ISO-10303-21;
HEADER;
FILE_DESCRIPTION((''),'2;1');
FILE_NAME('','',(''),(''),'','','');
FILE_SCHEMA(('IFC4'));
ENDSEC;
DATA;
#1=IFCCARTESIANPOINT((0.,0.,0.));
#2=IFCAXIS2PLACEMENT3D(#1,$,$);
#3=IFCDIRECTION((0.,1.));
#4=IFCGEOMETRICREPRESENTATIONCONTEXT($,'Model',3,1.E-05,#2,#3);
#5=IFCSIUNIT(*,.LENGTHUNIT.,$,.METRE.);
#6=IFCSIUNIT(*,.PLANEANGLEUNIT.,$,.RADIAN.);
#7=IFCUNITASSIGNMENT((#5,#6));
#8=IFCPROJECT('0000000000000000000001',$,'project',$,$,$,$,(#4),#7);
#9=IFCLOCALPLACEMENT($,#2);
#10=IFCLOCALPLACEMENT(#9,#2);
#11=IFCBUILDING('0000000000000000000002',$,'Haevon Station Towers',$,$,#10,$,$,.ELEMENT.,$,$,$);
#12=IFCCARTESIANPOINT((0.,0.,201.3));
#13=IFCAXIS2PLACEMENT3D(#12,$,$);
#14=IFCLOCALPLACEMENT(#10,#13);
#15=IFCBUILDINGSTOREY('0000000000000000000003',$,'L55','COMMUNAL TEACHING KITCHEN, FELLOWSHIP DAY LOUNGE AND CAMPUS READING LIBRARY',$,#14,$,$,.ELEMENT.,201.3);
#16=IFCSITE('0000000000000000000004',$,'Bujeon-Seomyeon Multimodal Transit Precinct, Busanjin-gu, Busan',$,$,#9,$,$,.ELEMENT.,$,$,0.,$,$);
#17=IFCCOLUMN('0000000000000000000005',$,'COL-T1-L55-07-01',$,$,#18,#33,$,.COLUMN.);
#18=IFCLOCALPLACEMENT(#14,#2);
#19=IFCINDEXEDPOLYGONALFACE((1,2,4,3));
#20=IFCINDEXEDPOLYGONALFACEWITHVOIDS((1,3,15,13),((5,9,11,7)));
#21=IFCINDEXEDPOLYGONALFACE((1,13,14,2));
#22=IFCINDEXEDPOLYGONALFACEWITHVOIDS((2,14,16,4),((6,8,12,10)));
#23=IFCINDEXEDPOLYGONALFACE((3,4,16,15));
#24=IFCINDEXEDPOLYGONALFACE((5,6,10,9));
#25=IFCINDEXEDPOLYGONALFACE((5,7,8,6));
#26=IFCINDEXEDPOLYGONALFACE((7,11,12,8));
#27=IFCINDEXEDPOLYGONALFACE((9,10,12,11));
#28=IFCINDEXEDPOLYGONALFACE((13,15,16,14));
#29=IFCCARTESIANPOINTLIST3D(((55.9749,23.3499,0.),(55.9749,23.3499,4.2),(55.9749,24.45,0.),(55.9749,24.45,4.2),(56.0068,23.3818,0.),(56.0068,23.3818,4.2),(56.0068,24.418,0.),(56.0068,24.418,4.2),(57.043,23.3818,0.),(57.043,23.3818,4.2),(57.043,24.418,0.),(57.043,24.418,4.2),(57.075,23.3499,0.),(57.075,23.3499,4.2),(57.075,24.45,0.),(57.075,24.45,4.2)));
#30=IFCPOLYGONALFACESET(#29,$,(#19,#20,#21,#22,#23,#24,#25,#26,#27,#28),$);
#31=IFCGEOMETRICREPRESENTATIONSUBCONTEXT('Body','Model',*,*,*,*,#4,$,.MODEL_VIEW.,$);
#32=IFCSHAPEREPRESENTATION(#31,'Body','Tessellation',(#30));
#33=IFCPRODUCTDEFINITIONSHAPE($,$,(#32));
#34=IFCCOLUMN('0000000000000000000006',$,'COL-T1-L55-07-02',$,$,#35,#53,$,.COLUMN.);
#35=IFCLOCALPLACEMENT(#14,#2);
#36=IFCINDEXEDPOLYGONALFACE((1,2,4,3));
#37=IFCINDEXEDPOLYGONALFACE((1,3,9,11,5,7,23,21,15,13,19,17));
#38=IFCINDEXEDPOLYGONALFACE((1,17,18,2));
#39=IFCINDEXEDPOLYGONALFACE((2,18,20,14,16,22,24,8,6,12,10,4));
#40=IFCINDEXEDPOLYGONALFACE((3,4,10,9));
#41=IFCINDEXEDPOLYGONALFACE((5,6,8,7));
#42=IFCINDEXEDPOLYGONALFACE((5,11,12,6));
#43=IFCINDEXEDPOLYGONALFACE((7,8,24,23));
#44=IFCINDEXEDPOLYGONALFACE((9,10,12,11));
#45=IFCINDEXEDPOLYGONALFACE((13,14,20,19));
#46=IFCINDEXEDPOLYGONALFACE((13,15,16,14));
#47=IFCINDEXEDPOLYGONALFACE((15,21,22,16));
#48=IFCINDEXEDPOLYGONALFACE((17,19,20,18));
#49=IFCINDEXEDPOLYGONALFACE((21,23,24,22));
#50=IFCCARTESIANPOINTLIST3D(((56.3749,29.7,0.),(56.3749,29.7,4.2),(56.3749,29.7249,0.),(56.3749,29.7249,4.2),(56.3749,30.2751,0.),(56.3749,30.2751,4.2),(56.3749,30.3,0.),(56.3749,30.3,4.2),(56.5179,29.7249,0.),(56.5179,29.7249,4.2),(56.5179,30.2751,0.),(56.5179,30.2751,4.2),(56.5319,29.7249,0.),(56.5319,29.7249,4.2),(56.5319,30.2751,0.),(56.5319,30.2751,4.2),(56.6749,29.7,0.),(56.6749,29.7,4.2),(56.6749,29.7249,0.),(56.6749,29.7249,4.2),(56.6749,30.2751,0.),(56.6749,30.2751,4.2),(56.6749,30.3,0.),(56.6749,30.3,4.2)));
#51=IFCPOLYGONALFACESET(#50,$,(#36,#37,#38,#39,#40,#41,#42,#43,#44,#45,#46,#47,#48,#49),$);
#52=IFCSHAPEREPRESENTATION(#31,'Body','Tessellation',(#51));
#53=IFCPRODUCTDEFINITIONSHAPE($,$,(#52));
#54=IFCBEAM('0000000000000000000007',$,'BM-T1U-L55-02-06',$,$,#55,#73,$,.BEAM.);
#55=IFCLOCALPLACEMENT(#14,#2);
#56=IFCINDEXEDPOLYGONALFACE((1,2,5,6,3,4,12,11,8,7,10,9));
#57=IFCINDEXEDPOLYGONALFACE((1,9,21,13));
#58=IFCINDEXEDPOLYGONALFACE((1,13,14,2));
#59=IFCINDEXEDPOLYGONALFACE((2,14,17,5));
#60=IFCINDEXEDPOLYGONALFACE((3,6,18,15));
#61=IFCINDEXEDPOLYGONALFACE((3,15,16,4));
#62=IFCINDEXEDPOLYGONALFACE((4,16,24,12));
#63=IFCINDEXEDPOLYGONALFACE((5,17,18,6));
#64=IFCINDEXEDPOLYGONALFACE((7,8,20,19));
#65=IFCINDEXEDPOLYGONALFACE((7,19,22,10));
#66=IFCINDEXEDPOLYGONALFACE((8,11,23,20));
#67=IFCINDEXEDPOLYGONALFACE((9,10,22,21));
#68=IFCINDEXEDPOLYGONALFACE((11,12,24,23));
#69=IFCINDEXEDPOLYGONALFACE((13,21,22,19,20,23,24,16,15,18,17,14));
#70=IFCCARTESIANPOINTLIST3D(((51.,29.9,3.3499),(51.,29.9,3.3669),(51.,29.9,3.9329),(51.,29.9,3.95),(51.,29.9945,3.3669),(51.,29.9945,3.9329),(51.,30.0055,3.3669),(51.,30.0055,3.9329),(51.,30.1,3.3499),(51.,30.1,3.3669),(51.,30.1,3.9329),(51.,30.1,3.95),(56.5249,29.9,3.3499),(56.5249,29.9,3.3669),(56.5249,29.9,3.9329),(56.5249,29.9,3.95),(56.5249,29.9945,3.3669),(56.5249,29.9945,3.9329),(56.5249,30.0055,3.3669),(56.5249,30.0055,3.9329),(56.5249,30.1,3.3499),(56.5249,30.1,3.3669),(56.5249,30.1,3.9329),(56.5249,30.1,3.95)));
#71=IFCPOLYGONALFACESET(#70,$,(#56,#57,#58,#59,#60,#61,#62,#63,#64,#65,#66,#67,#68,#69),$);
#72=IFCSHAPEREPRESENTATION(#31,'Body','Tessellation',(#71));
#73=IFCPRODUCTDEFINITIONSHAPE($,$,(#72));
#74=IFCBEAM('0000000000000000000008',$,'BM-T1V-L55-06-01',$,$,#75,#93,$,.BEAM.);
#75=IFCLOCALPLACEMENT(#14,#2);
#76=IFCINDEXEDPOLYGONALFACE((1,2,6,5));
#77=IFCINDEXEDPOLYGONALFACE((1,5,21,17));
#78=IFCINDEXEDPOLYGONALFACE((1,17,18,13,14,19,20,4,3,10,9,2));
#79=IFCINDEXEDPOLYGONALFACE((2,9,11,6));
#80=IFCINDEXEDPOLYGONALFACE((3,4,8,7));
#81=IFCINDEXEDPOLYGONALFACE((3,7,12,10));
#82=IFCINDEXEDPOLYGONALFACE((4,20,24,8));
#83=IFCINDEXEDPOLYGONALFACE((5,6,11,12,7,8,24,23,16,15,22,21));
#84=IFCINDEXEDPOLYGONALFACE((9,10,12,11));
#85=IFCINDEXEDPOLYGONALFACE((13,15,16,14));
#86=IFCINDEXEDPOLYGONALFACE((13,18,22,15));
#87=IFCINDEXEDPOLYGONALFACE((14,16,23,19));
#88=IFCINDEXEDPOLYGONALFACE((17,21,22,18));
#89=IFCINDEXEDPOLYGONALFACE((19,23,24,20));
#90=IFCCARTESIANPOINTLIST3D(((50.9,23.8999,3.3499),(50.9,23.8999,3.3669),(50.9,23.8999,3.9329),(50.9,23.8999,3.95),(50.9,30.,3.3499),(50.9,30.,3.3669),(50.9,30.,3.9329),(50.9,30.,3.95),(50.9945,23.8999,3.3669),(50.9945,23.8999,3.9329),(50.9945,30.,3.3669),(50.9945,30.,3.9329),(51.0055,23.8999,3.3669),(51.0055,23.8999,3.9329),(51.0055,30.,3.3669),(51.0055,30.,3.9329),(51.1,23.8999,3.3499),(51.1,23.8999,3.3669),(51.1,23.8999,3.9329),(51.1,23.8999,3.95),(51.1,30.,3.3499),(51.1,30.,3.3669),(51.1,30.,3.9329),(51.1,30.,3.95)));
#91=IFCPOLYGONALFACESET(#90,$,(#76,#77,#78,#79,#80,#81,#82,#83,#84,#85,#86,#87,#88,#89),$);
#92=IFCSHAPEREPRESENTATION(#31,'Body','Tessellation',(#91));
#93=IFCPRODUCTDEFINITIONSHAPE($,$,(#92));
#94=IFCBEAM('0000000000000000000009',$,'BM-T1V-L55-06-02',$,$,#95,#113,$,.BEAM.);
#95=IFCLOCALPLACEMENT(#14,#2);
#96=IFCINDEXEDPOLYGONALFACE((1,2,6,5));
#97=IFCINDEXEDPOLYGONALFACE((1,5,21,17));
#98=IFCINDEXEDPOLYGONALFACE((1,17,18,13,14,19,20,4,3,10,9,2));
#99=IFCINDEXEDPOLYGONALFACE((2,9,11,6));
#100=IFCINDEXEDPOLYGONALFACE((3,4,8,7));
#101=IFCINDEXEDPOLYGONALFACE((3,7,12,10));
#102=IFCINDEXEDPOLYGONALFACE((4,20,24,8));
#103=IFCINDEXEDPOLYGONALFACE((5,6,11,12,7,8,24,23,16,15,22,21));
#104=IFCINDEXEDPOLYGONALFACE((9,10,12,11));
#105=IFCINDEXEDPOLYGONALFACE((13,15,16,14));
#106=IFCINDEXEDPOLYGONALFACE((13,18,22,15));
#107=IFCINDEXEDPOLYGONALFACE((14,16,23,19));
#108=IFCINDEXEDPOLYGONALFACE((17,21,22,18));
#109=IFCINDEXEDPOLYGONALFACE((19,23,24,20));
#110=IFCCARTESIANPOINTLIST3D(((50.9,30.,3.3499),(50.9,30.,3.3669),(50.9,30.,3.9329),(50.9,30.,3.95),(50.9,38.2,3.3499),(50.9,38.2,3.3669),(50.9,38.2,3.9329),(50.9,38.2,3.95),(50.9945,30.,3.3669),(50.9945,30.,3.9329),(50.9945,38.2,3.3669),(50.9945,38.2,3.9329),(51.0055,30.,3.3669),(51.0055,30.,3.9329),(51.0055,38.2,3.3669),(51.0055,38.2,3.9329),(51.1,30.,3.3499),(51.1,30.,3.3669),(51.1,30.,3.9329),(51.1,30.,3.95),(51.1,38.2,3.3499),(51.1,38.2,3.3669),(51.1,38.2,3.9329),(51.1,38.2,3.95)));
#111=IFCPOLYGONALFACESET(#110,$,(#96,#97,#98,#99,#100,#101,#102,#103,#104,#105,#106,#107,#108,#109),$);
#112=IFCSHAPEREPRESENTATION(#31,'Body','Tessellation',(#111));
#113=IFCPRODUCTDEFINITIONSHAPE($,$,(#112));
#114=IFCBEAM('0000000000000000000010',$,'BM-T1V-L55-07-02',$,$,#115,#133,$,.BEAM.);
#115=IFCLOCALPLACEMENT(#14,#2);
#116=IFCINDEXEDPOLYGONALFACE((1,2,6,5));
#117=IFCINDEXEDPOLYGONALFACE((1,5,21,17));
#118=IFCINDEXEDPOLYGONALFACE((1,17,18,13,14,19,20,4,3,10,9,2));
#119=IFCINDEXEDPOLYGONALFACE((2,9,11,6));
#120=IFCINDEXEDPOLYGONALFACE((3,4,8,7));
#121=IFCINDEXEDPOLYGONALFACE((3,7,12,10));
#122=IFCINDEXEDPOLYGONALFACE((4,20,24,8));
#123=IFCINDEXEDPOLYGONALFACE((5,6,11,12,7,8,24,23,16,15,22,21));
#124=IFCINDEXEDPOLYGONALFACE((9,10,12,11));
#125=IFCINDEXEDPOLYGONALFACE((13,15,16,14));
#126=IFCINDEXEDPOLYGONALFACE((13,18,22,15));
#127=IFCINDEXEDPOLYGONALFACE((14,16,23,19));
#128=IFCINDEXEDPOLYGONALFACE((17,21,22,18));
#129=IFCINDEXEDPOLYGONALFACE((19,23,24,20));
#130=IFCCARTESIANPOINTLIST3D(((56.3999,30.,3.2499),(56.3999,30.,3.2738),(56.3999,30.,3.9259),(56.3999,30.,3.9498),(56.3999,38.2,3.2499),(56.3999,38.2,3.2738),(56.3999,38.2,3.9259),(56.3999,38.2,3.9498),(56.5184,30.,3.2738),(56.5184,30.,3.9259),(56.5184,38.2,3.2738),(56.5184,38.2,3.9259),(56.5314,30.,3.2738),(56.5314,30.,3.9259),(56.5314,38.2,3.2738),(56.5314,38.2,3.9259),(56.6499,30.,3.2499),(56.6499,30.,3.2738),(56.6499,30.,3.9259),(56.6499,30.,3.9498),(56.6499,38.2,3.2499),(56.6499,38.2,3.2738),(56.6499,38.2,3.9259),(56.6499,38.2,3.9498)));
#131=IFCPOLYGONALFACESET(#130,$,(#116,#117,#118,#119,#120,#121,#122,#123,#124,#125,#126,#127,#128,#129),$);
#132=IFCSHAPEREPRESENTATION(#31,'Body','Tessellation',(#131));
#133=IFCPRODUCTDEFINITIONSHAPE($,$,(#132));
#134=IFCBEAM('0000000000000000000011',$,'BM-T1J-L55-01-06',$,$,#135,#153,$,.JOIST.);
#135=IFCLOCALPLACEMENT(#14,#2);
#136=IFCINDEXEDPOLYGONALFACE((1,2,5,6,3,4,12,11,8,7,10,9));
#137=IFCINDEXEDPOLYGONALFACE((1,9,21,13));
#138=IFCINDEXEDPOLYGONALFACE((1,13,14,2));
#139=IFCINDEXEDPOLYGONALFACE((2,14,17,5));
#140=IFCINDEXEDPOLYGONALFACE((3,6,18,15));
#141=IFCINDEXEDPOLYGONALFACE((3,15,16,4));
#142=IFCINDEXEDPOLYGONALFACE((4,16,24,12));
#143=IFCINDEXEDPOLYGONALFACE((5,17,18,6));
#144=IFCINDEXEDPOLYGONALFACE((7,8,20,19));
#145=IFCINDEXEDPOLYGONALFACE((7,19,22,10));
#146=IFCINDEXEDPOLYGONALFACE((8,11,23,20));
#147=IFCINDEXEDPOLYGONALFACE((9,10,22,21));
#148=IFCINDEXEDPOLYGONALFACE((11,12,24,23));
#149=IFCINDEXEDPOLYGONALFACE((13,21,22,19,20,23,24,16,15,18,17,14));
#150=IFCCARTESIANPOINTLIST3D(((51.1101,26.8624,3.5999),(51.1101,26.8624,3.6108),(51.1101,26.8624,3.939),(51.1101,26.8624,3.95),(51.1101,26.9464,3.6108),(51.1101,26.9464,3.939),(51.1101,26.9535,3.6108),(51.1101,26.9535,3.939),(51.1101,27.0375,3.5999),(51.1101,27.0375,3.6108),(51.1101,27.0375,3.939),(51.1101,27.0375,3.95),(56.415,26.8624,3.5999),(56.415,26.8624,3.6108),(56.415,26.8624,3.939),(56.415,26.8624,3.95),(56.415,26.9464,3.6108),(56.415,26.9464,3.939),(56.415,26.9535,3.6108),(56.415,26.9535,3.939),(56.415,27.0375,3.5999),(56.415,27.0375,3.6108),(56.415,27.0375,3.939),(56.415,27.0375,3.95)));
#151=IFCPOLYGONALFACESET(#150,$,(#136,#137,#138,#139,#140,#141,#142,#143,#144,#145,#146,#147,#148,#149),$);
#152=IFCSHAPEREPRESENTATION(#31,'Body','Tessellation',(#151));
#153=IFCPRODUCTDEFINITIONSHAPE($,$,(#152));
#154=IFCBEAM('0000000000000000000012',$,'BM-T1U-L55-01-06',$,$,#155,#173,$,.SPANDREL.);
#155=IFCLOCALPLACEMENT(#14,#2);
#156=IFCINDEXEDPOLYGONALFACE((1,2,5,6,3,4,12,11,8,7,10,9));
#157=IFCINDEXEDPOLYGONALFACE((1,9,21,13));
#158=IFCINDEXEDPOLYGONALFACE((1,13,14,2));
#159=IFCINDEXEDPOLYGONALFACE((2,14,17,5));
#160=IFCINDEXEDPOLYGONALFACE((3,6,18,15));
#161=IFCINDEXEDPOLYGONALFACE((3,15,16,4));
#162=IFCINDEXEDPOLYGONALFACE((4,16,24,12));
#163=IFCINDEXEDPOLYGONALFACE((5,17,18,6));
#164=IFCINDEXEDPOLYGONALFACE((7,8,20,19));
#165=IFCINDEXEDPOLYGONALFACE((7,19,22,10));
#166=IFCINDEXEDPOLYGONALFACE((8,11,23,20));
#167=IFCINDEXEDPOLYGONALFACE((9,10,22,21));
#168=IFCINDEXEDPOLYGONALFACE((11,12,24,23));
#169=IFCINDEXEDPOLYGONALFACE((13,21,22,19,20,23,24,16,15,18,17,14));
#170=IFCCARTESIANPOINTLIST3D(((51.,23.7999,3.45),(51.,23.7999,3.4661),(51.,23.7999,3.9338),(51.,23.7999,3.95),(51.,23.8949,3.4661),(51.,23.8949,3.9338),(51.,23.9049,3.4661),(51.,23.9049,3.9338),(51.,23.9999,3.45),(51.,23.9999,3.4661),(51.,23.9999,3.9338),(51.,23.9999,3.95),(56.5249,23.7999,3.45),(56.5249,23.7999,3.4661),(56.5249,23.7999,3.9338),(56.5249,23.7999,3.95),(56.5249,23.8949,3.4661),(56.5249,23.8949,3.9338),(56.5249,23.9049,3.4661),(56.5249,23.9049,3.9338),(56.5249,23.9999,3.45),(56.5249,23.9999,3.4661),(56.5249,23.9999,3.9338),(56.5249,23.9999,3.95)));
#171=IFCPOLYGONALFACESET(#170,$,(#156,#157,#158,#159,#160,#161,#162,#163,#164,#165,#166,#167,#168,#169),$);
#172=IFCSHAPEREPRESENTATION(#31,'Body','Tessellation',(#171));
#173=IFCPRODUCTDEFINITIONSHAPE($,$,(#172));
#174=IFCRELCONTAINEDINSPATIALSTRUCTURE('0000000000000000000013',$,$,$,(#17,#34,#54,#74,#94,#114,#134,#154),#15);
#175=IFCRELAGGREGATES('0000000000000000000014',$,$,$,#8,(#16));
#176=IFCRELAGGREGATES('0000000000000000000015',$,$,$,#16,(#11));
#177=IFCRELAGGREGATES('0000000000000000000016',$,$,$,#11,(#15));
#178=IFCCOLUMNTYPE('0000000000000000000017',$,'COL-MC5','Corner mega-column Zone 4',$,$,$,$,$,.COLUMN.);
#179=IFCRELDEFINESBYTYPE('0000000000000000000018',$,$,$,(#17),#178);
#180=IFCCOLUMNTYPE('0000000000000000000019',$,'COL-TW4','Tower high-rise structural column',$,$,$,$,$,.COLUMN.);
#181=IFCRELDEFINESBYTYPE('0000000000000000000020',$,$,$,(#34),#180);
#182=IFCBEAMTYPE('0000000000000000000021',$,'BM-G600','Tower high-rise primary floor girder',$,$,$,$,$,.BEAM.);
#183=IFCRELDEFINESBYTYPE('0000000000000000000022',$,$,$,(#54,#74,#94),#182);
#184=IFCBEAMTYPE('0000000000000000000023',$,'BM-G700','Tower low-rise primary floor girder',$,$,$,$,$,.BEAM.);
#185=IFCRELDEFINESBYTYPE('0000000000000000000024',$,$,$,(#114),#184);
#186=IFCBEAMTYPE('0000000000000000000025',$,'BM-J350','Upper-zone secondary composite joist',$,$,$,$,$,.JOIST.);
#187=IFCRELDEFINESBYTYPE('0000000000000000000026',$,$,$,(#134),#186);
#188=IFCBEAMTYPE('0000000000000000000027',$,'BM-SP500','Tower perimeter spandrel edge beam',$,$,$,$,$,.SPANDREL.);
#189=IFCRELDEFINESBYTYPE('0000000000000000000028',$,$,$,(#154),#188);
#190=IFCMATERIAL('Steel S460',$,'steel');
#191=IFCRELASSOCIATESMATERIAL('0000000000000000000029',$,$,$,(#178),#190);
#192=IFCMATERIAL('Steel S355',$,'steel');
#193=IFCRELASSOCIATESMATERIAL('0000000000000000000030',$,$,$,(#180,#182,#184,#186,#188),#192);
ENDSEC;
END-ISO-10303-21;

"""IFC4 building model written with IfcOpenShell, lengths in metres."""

from ifc_helpers import new_model, si_unit, direction, frame, origin, origin_2d, place, context, subcontext, project, spatial, hollow_rectangle, i_section, extrude, material, material_profile, profile_set, type_object, element, save


model = new_model("IFC4")

# Units and contexts
model_context = context("Model", 3, precision=1e-05, world=origin(), true_north=direction((0.0, 1.0)))
body_context = subcontext(model_context, "Body", "Model", "MODEL_VIEW")
ifc_project = project(units=[si_unit("LENGTHUNIT", "METRE"), si_unit("PLANEANGLEUNIT", "RADIAN")], contexts=[model_context])

# Site, building, storey
site_placement = place(None, origin())
site = spatial("IfcSite", under=ifc_project, at=site_placement, Name="Bujeon-Seomyeon Multimodal Transit Precinct, Busanjin-gu, Busan", CompositionType="ELEMENT", RefElevation=0.0)
building_placement = place(site_placement, origin())
building = spatial("IfcBuilding", under=site, at=building_placement, Name="Haevon Station Towers", CompositionType="ELEMENT")
storey_placement = place(building_placement, frame((0.0, 0.0, 201.3)))
storey = spatial("IfcBuildingStorey", under=building, at=storey_placement, Name="L55", Description="COMMUNAL TEACHING KITCHEN, FELLOWSHIP DAY LOUNGE AND CAMPUS READING LIBRARY", CompositionType="ELEMENT", Elevation=201.3)

# Columns
ifc_material_1 = material(Name="Steel S460", Category="steel")
ifc_material_profile_1 = material_profile(ifc_material_1, hollow_rectangle(XDim=1.1001, YDim=1.1001, WallThickness=0.032, at=origin_2d()), Name="BOX-1100x1100x32")
ifc_profile_set_1 = profile_set([ifc_material_profile_1], Name="Steel S460")
column_type_1 = type_object("IfcColumnType", Name="COL-MC5", Description="Corner mega-column Zone 4", PredefinedType="COLUMN", material=ifc_profile_set_1)
column_1_placement = place(storey_placement, frame((56.5249, 23.8999, 0.0), z_axis=(0.0, 0.0, 1.0), x_axis=(1.0, 0.0, 0.0)))
element("IfcColumn", 1, at=column_1_placement, inside=storey, type_object=column_type_1, Name="COL-T1-L55-07-01", PredefinedType="COLUMN", context=body_context, shape_type="SweptSolid", body=[
    extrude(hollow_rectangle(XDim=1.1001, YDim=1.1001, WallThickness=0.032, at=origin_2d()), origin(), (0.0, 0.0, 1.0), 4.2),
])
ifc_material_2 = material(Name="Steel S355", Category="steel")
ifc_material_profile_2 = material_profile(ifc_material_2, i_section(OverallWidth=0.3, OverallDepth=0.6001, WebThickness=0.0139, FlangeThickness=0.0249, at=origin_2d()), Name="H-600x300x14x25")
ifc_profile_set_2 = profile_set([ifc_material_profile_2], Name="Steel S355")
column_type_2 = type_object("IfcColumnType", Name="COL-TW4", Description="Tower high-rise structural column", PredefinedType="COLUMN", material=ifc_profile_set_2)
column_2_placement = place(storey_placement, frame((56.5249, 30.0, 0.0), z_axis=(0.0, 0.0, 1.0), x_axis=(1.0, 0.0, 0.0)))
element("IfcColumn", 2, at=column_2_placement, inside=storey, type_object=column_type_2, Name="COL-T1-L55-07-02", PredefinedType="COLUMN", context=body_context, shape_type="SweptSolid", body=[
    extrude(i_section(OverallWidth=0.3, OverallDepth=0.6001, WebThickness=0.0139, FlangeThickness=0.0249, at=origin_2d()), origin(), (0.0, 0.0, 1.0), 4.2),
])

# Beams
ifc_material_profile_3 = material_profile(ifc_material_2, i_section(OverallWidth=0.2, OverallDepth=0.6001, WebThickness=0.011, FlangeThickness=0.0171, at=origin_2d()), Name="H-600x200x11x17")
ifc_profile_set_3 = profile_set([ifc_material_profile_3], Name="Steel S355")
beam_type_1 = type_object("IfcBeamType", Name="BM-G600", Description="Tower high-rise primary floor girder", PredefinedType="BEAM", material=ifc_profile_set_3)
beam_1_placement = place(storey_placement, frame((51.0, 30.0, 3.6499), z_axis=(1.0, 0.0, 0.0), x_axis=(0.0, 1.0, 0.0)))
element("IfcBeam", 3, at=beam_1_placement, inside=storey, type_object=beam_type_1, Name="BM-T1U-L55-02-06", PredefinedType="BEAM", context=body_context, shape_type="SweptSolid", body=[
    extrude(i_section(OverallWidth=0.2, OverallDepth=0.6001, WebThickness=0.011, FlangeThickness=0.0171, at=origin_2d()), origin(), (0.0, 0.0, 1.0), 5.5249),
])
beam_2_placement = place(storey_placement, frame((51.0, 23.8999, 3.6499), z_axis=(0.0, 1.0, 0.0), x_axis=(-1.0, 0.0, 0.0)))
element("IfcBeam", 4, at=beam_2_placement, inside=storey, type_object=beam_type_1, Name="BM-T1V-L55-06-01", PredefinedType="BEAM", context=body_context, shape_type="SweptSolid", body=[
    extrude(i_section(OverallWidth=0.2, OverallDepth=0.6001, WebThickness=0.011, FlangeThickness=0.0171, at=origin_2d()), origin(), (0.0, 0.0, 1.0), 6.1001),
])
beam_3_placement = place(storey_placement, frame((51.0, 30.0, 3.6499), z_axis=(0.0, 1.0, 0.0), x_axis=(-1.0, 0.0, 0.0)))
element("IfcBeam", 5, at=beam_3_placement, inside=storey, type_object=beam_type_1, Name="BM-T1V-L55-06-02", PredefinedType="BEAM", context=body_context, shape_type="SweptSolid", body=[
    extrude(i_section(OverallWidth=0.2, OverallDepth=0.6001, WebThickness=0.011, FlangeThickness=0.0171, at=origin_2d()), origin(), (0.0, 0.0, 1.0), 8.2),
])
ifc_material_profile_4 = material_profile(ifc_material_2, i_section(OverallWidth=0.25, OverallDepth=0.7, WebThickness=0.0129, FlangeThickness=0.0239, at=origin_2d()), Name="H-700x250x13x24")
ifc_profile_set_4 = profile_set([ifc_material_profile_4], Name="Steel S355")
beam_type_2 = type_object("IfcBeamType", Name="BM-G700", Description="Tower low-rise primary floor girder", PredefinedType="BEAM", material=ifc_profile_set_4)
beam_4_placement = place(storey_placement, frame((56.5249, 30.0, 3.5999), z_axis=(0.0, 1.0, 0.0), x_axis=(-1.0, 0.0, 0.0)))
element("IfcBeam", 6, at=beam_4_placement, inside=storey, type_object=beam_type_2, Name="BM-T1V-L55-07-02", PredefinedType="BEAM", context=body_context, shape_type="SweptSolid", body=[
    extrude(i_section(OverallWidth=0.25, OverallDepth=0.7, WebThickness=0.0129, FlangeThickness=0.0239, at=origin_2d()), origin(), (0.0, 0.0, 1.0), 8.2),
])
ifc_material_profile_5 = material_profile(ifc_material_2, i_section(OverallWidth=0.175, OverallDepth=0.3501, WebThickness=0.0071, FlangeThickness=0.011, at=origin_2d()), Name="H-350x175x7x11")
ifc_profile_set_5 = profile_set([ifc_material_profile_5], Name="Steel S355")
beam_type_3 = type_object("IfcBeamType", Name="BM-J350", Description="Upper-zone secondary composite joist", PredefinedType="JOIST", material=ifc_profile_set_5)
beam_5_placement = place(storey_placement, frame((51.1101, 26.95, 3.7749), z_axis=(1.0, 0.0, 0.0), x_axis=(0.0, 1.0, 0.0)))
element("IfcBeam", 7, at=beam_5_placement, inside=storey, type_object=beam_type_3, Name="BM-T1J-L55-01-06", PredefinedType="JOIST", context=body_context, shape_type="SweptSolid", body=[
    extrude(i_section(OverallWidth=0.175, OverallDepth=0.3501, WebThickness=0.0071, FlangeThickness=0.011, at=origin_2d()), origin(), (0.0, 0.0, 1.0), 5.3049),
])
ifc_material_profile_6 = material_profile(ifc_material_2, i_section(OverallWidth=0.2, OverallDepth=0.5, WebThickness=0.01, FlangeThickness=0.0161, at=origin_2d()), Name="H-500x200x10x16")
ifc_profile_set_6 = profile_set([ifc_material_profile_6], Name="Steel S355")
beam_type_4 = type_object("IfcBeamType", Name="BM-SP500", Description="Tower perimeter spandrel edge beam", PredefinedType="SPANDREL", material=ifc_profile_set_6)
beam_6_placement = place(storey_placement, frame((51.0, 23.8999, 3.7), z_axis=(1.0, 0.0, 0.0), x_axis=(0.0, 1.0, 0.0)))
element("IfcBeam", 8, at=beam_6_placement, inside=storey, type_object=beam_type_4, Name="BM-T1U-L55-01-06", PredefinedType="SPANDREL", context=body_context, shape_type="SweptSolid", body=[
    extrude(i_section(OverallWidth=0.2, OverallDepth=0.5, WebThickness=0.01, FlangeThickness=0.0161, at=origin_2d()), origin(), (0.0, 0.0, 1.0), 5.5249),
])

save(model, "model.ifc")
